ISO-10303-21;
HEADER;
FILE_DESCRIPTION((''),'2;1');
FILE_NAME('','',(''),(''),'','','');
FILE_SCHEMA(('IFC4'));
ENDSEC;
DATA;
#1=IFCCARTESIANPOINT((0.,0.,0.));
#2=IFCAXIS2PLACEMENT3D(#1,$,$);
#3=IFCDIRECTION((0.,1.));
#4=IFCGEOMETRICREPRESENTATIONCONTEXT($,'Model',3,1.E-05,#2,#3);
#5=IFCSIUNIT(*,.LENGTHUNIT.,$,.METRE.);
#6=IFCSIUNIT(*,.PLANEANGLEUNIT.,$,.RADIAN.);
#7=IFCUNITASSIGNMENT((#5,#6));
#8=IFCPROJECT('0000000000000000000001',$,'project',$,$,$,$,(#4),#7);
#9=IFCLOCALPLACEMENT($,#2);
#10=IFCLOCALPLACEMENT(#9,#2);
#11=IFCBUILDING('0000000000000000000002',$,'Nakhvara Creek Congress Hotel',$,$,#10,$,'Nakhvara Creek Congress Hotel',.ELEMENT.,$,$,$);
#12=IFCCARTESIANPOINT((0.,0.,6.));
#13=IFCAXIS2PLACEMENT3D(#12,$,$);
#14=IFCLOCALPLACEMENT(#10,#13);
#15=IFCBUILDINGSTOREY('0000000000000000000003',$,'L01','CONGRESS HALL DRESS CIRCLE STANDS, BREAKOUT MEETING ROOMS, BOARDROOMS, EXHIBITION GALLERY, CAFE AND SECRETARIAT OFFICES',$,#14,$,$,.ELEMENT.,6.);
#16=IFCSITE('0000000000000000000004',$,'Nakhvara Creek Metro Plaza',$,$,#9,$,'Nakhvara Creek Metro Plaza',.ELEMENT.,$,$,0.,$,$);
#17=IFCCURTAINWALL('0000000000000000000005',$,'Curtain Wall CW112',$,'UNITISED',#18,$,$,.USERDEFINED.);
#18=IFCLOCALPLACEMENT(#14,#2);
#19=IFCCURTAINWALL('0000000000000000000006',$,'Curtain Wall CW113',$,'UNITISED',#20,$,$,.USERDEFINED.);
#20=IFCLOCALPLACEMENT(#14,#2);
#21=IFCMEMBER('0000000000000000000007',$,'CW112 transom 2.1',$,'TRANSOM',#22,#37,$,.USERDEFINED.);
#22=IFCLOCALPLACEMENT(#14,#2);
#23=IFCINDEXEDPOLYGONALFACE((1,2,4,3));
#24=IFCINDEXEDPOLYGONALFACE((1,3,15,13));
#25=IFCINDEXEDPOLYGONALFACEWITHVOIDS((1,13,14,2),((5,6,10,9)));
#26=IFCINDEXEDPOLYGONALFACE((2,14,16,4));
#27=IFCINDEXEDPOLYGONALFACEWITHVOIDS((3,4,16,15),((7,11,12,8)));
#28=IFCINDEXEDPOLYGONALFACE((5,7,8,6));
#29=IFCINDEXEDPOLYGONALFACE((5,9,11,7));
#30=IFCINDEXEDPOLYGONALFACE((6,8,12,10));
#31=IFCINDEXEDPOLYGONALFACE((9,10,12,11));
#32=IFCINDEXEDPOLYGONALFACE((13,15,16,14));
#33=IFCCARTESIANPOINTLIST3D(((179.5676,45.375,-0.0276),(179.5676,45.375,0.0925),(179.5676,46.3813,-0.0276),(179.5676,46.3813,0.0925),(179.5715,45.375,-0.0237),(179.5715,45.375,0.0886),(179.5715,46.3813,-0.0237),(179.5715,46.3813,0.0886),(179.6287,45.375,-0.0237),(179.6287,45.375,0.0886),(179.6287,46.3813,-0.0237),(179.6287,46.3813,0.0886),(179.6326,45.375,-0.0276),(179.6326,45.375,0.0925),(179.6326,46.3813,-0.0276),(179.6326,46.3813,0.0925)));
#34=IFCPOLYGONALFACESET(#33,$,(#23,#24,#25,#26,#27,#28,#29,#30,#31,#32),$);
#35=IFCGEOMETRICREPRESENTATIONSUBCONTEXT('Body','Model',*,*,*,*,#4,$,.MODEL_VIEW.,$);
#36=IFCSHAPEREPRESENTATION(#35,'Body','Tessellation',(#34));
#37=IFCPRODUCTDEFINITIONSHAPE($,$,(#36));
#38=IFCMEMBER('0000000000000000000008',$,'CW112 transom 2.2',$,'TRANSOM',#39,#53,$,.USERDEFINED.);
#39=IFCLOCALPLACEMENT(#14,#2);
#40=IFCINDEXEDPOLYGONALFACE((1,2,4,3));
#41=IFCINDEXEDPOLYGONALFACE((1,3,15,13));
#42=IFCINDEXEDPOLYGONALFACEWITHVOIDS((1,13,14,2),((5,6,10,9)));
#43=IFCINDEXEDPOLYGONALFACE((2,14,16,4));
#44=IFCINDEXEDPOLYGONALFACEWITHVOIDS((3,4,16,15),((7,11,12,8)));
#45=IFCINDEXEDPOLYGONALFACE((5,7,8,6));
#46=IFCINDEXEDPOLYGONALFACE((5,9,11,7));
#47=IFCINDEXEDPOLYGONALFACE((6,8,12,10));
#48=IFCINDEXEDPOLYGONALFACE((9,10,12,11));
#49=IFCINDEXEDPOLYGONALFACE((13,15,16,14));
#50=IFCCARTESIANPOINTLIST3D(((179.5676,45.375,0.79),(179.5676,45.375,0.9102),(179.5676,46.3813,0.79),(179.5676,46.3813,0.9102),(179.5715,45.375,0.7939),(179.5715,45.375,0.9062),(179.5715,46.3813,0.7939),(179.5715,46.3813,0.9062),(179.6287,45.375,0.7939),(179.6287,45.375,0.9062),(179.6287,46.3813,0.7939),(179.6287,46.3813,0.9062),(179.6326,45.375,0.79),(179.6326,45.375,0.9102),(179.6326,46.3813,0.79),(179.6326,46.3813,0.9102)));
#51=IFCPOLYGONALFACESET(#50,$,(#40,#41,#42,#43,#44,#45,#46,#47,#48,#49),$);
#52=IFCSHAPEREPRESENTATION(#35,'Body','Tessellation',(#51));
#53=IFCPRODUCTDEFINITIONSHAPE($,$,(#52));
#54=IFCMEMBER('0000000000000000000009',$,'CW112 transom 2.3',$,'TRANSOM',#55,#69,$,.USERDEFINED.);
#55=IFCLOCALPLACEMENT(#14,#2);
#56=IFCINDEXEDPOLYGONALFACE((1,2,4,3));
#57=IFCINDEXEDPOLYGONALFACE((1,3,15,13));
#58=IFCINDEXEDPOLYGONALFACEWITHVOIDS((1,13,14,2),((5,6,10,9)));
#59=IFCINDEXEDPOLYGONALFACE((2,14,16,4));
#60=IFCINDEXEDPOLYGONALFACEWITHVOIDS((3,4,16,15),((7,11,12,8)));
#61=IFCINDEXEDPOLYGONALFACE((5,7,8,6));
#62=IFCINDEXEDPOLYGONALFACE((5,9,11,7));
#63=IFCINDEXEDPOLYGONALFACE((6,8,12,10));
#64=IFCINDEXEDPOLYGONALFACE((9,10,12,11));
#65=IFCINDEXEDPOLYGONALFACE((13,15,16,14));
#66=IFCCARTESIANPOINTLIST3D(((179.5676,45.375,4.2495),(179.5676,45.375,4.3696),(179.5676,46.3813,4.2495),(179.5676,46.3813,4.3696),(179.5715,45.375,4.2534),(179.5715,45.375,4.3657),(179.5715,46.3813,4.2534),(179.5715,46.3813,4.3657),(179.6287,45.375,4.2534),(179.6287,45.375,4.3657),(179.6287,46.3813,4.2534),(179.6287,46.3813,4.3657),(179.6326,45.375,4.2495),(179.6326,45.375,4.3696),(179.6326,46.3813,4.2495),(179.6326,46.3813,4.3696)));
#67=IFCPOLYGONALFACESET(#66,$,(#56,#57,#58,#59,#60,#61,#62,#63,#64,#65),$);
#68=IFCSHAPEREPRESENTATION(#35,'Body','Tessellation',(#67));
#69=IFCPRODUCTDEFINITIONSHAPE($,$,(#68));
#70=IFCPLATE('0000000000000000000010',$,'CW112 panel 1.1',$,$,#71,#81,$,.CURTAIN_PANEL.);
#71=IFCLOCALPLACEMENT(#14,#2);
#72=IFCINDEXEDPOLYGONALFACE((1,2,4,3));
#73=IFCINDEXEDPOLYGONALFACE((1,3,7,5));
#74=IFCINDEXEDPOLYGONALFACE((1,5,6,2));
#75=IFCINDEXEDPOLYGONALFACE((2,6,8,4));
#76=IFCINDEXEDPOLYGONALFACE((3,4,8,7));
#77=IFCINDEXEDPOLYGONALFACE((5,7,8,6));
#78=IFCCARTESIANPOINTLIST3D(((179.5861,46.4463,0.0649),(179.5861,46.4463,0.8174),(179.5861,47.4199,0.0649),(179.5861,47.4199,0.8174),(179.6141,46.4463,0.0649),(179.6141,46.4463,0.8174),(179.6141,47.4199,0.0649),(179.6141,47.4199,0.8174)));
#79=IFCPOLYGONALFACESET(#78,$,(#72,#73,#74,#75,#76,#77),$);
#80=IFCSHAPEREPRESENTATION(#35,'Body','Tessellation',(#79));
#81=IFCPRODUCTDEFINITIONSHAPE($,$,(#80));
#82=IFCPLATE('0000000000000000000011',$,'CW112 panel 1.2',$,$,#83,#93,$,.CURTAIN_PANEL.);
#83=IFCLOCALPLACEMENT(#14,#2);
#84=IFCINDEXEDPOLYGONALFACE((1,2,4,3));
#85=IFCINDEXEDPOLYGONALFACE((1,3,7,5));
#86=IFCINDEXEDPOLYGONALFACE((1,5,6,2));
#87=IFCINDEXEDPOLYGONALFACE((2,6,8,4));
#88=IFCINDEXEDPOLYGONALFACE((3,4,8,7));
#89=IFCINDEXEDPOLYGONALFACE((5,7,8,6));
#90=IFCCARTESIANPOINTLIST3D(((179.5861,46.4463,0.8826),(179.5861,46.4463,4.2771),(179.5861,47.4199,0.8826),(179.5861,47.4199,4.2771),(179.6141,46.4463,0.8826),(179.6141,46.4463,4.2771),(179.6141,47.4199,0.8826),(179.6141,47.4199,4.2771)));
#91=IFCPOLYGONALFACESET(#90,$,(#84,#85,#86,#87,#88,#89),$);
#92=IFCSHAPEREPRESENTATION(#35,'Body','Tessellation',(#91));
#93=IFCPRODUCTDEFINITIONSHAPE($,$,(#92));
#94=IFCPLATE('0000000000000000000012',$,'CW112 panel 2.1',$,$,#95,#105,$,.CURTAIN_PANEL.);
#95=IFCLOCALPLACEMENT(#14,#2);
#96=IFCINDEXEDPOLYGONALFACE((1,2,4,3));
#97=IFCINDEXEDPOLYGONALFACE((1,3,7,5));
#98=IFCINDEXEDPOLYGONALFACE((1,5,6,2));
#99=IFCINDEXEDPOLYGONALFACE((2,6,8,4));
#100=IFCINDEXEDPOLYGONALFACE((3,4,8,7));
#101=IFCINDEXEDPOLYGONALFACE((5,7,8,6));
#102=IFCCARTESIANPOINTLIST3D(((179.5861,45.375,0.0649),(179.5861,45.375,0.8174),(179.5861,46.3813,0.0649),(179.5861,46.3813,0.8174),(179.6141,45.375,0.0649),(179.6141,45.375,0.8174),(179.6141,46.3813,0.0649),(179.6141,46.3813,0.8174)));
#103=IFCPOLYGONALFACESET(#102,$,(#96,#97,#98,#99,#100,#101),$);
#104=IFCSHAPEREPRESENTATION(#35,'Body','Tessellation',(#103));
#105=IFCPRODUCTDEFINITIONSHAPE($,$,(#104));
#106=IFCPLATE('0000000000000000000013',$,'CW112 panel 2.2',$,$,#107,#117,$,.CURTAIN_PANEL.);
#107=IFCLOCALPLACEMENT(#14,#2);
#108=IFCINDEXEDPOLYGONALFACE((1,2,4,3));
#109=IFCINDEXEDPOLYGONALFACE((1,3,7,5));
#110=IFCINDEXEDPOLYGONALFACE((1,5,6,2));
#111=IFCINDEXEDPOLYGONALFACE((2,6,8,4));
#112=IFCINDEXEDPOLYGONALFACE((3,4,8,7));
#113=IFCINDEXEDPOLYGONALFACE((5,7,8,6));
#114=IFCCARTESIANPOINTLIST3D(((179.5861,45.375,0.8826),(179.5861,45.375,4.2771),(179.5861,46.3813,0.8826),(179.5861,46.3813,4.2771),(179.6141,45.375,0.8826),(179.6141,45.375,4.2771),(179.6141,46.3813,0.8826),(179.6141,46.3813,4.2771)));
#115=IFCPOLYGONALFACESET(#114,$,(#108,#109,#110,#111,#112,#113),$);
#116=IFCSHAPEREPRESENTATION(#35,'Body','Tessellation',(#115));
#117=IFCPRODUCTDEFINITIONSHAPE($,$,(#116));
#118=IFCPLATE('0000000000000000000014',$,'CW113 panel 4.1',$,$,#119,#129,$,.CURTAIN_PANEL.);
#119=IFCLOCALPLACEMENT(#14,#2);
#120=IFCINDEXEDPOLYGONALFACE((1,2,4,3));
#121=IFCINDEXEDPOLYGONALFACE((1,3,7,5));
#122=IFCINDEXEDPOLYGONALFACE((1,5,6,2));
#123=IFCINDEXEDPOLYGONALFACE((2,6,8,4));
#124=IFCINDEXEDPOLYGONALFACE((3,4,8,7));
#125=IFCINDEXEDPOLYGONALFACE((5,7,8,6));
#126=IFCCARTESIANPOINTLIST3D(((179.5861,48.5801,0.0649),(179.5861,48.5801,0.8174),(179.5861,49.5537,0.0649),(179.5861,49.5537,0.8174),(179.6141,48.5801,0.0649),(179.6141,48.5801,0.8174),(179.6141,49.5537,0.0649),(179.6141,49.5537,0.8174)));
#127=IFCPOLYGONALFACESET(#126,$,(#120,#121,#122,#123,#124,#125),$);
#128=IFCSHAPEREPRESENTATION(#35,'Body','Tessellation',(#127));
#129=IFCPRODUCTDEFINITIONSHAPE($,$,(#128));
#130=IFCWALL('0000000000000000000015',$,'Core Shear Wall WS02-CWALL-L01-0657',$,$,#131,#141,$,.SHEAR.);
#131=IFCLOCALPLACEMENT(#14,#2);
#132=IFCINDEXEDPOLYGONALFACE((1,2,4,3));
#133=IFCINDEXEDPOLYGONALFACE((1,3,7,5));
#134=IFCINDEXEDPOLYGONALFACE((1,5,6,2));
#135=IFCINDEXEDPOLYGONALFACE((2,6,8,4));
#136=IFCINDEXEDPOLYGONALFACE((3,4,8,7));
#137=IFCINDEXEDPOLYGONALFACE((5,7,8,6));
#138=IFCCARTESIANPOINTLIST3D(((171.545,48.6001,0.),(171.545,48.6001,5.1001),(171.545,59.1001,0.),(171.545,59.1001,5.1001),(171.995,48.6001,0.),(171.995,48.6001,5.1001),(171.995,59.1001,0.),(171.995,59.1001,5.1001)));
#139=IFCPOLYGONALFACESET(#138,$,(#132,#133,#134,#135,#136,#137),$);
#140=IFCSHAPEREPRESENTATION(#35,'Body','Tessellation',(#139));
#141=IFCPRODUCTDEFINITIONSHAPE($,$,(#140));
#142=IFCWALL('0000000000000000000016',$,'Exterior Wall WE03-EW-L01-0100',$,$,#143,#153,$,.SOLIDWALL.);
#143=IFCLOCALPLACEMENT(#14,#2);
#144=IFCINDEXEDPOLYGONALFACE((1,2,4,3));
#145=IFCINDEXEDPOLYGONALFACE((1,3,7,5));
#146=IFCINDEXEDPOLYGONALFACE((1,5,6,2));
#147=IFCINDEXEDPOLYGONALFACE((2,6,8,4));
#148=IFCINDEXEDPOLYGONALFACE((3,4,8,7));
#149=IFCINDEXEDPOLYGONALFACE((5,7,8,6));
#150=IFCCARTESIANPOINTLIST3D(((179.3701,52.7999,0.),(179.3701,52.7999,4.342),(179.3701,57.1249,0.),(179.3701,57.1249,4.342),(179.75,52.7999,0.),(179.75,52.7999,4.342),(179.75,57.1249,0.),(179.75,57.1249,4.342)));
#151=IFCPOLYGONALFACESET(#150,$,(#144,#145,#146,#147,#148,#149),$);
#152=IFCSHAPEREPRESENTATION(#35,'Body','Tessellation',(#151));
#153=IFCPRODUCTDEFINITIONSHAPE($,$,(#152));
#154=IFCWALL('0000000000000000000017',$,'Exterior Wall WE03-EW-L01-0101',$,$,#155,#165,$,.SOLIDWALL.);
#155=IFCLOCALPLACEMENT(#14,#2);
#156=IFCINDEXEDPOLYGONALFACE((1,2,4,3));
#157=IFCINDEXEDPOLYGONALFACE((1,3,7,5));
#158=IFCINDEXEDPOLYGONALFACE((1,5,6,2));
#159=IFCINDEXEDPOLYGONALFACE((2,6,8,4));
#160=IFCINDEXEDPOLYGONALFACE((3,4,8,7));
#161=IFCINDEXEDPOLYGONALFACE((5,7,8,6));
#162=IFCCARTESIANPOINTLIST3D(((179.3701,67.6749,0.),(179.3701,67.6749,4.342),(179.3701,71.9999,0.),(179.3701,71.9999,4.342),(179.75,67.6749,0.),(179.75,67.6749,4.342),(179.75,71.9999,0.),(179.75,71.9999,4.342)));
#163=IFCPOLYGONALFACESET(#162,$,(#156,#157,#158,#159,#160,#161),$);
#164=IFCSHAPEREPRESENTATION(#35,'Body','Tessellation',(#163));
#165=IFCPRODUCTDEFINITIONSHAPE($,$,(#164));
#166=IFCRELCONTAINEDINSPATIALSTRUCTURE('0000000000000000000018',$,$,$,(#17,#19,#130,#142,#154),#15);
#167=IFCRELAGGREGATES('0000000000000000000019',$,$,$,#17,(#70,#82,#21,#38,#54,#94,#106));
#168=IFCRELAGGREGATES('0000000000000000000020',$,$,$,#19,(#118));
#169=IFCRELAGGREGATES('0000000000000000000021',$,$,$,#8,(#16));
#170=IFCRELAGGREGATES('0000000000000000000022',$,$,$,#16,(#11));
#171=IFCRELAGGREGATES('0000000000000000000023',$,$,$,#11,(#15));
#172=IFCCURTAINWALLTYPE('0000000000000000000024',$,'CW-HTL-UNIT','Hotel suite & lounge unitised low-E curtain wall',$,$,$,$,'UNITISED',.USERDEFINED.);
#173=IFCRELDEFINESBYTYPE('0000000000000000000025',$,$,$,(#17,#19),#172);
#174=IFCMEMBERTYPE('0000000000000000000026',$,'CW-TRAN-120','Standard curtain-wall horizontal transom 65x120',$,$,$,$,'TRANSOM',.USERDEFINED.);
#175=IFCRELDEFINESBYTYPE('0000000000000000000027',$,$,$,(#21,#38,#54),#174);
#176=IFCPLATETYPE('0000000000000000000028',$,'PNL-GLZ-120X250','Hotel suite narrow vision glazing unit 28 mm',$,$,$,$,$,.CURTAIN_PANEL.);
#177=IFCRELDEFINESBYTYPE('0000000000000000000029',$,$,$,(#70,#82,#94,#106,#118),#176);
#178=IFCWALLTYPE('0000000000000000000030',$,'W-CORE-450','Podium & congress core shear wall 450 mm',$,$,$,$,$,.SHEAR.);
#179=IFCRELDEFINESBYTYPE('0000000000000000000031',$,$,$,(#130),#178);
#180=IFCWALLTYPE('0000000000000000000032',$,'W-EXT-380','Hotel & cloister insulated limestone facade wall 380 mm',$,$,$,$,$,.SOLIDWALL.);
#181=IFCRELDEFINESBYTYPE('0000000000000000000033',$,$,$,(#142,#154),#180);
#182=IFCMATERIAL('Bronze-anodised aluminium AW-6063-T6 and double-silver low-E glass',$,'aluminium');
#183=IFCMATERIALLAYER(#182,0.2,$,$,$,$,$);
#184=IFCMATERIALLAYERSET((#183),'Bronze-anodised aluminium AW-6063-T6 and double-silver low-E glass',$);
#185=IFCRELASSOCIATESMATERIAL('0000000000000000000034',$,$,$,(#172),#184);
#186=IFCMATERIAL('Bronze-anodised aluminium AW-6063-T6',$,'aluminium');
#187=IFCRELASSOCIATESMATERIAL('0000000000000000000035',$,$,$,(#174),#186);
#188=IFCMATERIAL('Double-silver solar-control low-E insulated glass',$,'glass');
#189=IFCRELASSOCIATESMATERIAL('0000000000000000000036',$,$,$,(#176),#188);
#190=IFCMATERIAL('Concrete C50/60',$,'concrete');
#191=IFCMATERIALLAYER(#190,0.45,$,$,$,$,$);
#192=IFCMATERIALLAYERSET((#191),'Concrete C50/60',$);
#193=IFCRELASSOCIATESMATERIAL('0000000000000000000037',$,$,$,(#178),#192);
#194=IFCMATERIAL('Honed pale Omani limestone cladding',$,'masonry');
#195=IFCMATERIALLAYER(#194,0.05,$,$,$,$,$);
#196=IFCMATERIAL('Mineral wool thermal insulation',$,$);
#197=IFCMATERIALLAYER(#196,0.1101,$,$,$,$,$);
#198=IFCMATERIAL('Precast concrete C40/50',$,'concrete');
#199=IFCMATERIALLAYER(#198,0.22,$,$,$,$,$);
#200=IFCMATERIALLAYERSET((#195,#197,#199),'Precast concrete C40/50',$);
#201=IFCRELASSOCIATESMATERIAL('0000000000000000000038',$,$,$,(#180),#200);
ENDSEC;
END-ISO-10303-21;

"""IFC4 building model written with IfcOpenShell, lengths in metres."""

from ifc_helpers import new_model, si_unit, direction, frame, frame_2d, origin, origin_2d, place, context, subcontext, project, spatial, rectangle, hollow_rectangle, extrude, material, layer, layer_set, material_profile, profile_set, type_object, element, aggregate, save


model = new_model("IFC4")

# Units and contexts
model_context = context("Model", 3, precision=1e-05, world=origin(), true_north=direction((0.0, 1.0)))
body_context = subcontext(model_context, "Body", "Model", "MODEL_VIEW")
ifc_project = project(units=[si_unit("LENGTHUNIT", "METRE"), si_unit("PLANEANGLEUNIT", "RADIAN")], contexts=[model_context])

# Site, building, storey
site_placement = place(None, origin())
site = spatial("IfcSite", under=ifc_project, at=site_placement, Name="Nakhvara Creek Metro Plaza", LongName="Nakhvara Creek Metro Plaza", CompositionType="ELEMENT", RefElevation=0.0)
building_placement = place(site_placement, origin())
building = spatial("IfcBuilding", under=site, at=building_placement, Name="Nakhvara Creek Congress Hotel", LongName="Nakhvara Creek Congress Hotel", CompositionType="ELEMENT")
storey_placement = place(building_placement, frame((0.0, 0.0, 6.0)))
storey = spatial("IfcBuildingStorey", under=building, at=storey_placement, Name="L01", Description="CONGRESS HALL DRESS CIRCLE STANDS, BREAKOUT MEETING ROOMS, BOARDROOMS, EXHIBITION GALLERY, CAFE AND SECRETARIAT OFFICES", CompositionType="ELEMENT", Elevation=6.0)

# Shared definitions
ifc_material_1 = material(Name="Concrete C50/60", Category="concrete")

# Curtain wall
ifc_material_2 = material(Name="Bronze-anodised aluminium AW-6063-T6 and double-silver low-E glass", Category="aluminium")
ifc_layer_1 = layer(ifc_material_2, 0.2)
ifc_layer_set_1 = layer_set([ifc_layer_1], Name="Bronze-anodised aluminium AW-6063-T6 and double-silver low-E glass")
curtain_wall_type = type_object("IfcCurtainWallType", Name="CW-HTL-UNIT", Description="Hotel suite & lounge unitised low-E curtain wall", ElementType="UNITISED", PredefinedType="USERDEFINED", material=ifc_layer_set_1)
curtain_wall_1_placement = place(storey_placement, origin())
curtain_wall_1 = element("IfcCurtainWall", 1, at=curtain_wall_1_placement, inside=storey, type_object=curtain_wall_type, Name="Curtain Wall CW112", ObjectType="UNITISED", PredefinedType="USERDEFINED")
ifc_material_3 = material(Name="Bronze-anodised aluminium AW-6063-T6", Category="aluminium")

# Curtain wall
curtain_wall_2_placement = place(storey_placement, origin())
curtain_wall_2 = element("IfcCurtainWall", 2, at=curtain_wall_2_placement, inside=storey, type_object=curtain_wall_type, Name="Curtain Wall CW113", ObjectType="UNITISED", PredefinedType="USERDEFINED")

# Members
ifc_material_profile_1 = material_profile(ifc_material_3, hollow_rectangle(XDim=0.0649, YDim=0.1201, WallThickness=0.0039, at=origin_2d()), Name="ALU-TRAN 65x120x4", Category="LoadBearing")
ifc_profile_set_1 = profile_set([ifc_material_profile_1], Name="Bronze-anodised aluminium AW-6063-T6")
member_type_1 = type_object("IfcMemberType", Name="CW-TRAN-120", Description="Standard curtain-wall horizontal transom 65x120", ElementType="TRANSOM", PredefinedType="USERDEFINED", material=ifc_profile_set_1)
member_1_placement = place(storey_placement, frame((179.6001, 46.3813, 0.0325), z_axis=(0.0, -1.0, 0.0), x_axis=(1.0, 0.0, 0.0)))
member_1 = element("IfcMember", 3, at=member_1_placement, type_object=member_type_1, Name="CW112 transom 2.1", ObjectType="TRANSOM", PredefinedType="USERDEFINED", context=body_context, shape_type="SweptSolid", body=[
    extrude(hollow_rectangle(XDim=0.0649, YDim=0.1201, WallThickness=0.0039, at=origin_2d()), origin(), (0.0, 0.0, 1.0), 1.0063),
])
member_2_placement = place(storey_placement, frame((179.6001, 46.3813, 0.8501), z_axis=(0.0, -1.0, 0.0), x_axis=(1.0, 0.0, 0.0)))
member_2 = element("IfcMember", 4, at=member_2_placement, type_object=member_type_1, Name="CW112 transom 2.2", ObjectType="TRANSOM", PredefinedType="USERDEFINED", context=body_context, shape_type="SweptSolid", body=[
    extrude(hollow_rectangle(XDim=0.0649, YDim=0.1201, WallThickness=0.0039, at=origin_2d()), origin(), (0.0, 0.0, 1.0), 1.0063),
])
member_3_placement = place(storey_placement, frame((179.6001, 46.3813, 4.3096), z_axis=(0.0, -1.0, 0.0), x_axis=(1.0, 0.0, 0.0)))
member_3 = element("IfcMember", 5, at=member_3_placement, type_object=member_type_1, Name="CW112 transom 2.3", ObjectType="TRANSOM", PredefinedType="USERDEFINED", context=body_context, shape_type="SweptSolid", body=[
    extrude(hollow_rectangle(XDim=0.0649, YDim=0.1201, WallThickness=0.0039, at=origin_2d()), origin(), (0.0, 0.0, 1.0), 1.0063),
])

# Plates
ifc_material_4 = material(Name="Double-silver solar-control low-E insulated glass", Category="glass")
plate_type = type_object("IfcPlateType", Name="PNL-GLZ-120X250", Description="Hotel suite narrow vision glazing unit 28 mm", PredefinedType="CURTAIN_PANEL", material=ifc_material_4)
plate_1_placement = place(storey_placement, frame((179.6001, 46.9331, 0.0649), z_axis=(0.0, 0.0, 1.0), x_axis=(0.0, -1.0, 0.0)))
plate_1 = element("IfcPlate", 6, at=plate_1_placement, type_object=plate_type, Name="CW112 panel 1.1", PredefinedType="CURTAIN_PANEL", context=body_context, shape_type="SweptSolid", body=[
    extrude(rectangle(XDim=0.9736, YDim=0.0281, at=origin_2d()), origin(), (0.0, 0.0, 1.0), 0.7524),
])
plate_2_placement = place(storey_placement, frame((179.6001, 46.9331, 0.8826), z_axis=(0.0, 0.0, 1.0), x_axis=(0.0, -1.0, 0.0)))
plate_2 = element("IfcPlate", 7, at=plate_2_placement, type_object=plate_type, Name="CW112 panel 1.2", PredefinedType="CURTAIN_PANEL", context=body_context, shape_type="SweptSolid", body=[
    extrude(rectangle(XDim=0.9736, YDim=0.0281, at=origin_2d()), origin(), (0.0, 0.0, 1.0), 3.3945),
])
plate_3_placement = place(storey_placement, frame((179.6001, 45.8782, 0.0649), z_axis=(0.0, 0.0, 1.0), x_axis=(0.0, -1.0, 0.0)))
plate_3 = element("IfcPlate", 8, at=plate_3_placement, type_object=plate_type, Name="CW112 panel 2.1", PredefinedType="CURTAIN_PANEL", context=body_context, shape_type="SweptSolid", body=[
    extrude(rectangle(XDim=1.0063, YDim=0.0281, at=origin_2d()), origin(), (0.0, 0.0, 1.0), 0.7524),
])
plate_4_placement = place(storey_placement, frame((179.6001, 45.8782, 0.8826), z_axis=(0.0, 0.0, 1.0), x_axis=(0.0, -1.0, 0.0)))
plate_4 = element("IfcPlate", 9, at=plate_4_placement, type_object=plate_type, Name="CW112 panel 2.2", PredefinedType="CURTAIN_PANEL", context=body_context, shape_type="SweptSolid", body=[
    extrude(rectangle(XDim=1.0063, YDim=0.0281, at=origin_2d()), origin(), (0.0, 0.0, 1.0), 3.3945),
])
aggregate(curtain_wall_1, [plate_1, plate_2, member_1, member_2, member_3, plate_3, plate_4])
plate_5_placement = place(storey_placement, frame((179.6001, 49.0669, 0.0649), z_axis=(0.0, 0.0, 1.0), x_axis=(0.0, -1.0, 0.0)))
plate_5 = element("IfcPlate", 10, at=plate_5_placement, type_object=plate_type, Name="CW113 panel 4.1", PredefinedType="CURTAIN_PANEL", context=body_context, shape_type="SweptSolid", body=[
    extrude(rectangle(XDim=0.9736, YDim=0.0281, at=origin_2d()), origin(), (0.0, 0.0, 1.0), 0.7524),
])
aggregate(curtain_wall_2, [plate_5])

# Walls
ifc_layer_2 = layer(ifc_material_1, 0.45)
ifc_layer_set_2 = layer_set([ifc_layer_2], Name="Concrete C50/60")
wall_type_1 = type_object("IfcWallType", Name="W-CORE-450", Description="Podium & congress core shear wall 450 mm", PredefinedType="SHEAR", material=ifc_layer_set_2)
wall_placement = place(storey_placement, frame((171.77, 48.6001, 0.0), z_axis=(0.0, 0.0, 1.0), x_axis=(0.0, 1.0, 0.0)))
element("IfcWall", 11, at=wall_placement, inside=storey, type_object=wall_type_1, Name="Core Shear Wall WS02-CWALL-L01-0657", PredefinedType="SHEAR", context=body_context, shape_type="SweptSolid", body=[
    extrude(rectangle(XDim=10.5, YDim=0.45, at=frame_2d((5.25, 0.0))), origin(), (0.0, 0.0, 1.0), 5.1001),
])
ifc_material_5 = material(Name="Honed pale Omani limestone cladding", Category="masonry")
ifc_layer_3 = layer(ifc_material_5, 0.05)
ifc_material_6 = material(Name="Mineral wool thermal insulation")
ifc_layer_4 = layer(ifc_material_6, 0.1101)
ifc_material_7 = material(Name="Precast concrete C40/50", Category="concrete")
ifc_layer_5 = layer(ifc_material_7, 0.22)
ifc_layer_set_3 = layer_set([ifc_layer_3, ifc_layer_4, ifc_layer_5], Name="Precast concrete C40/50")
wall_type_2 = type_object("IfcWallType", Name="W-EXT-380", Description="Hotel & cloister insulated limestone facade wall 380 mm", PredefinedType="SOLIDWALL", material=ifc_layer_set_3)
for number, where, z_axis, x_axis, name in (
    (12, (179.5601, 57.125, 0.0), (0.0, 0.0, 1.0), (0.0, -1.0, 0.0), "Exterior Wall WE03-EW-L01-0100"),
    (13, (179.5601, 72.0, 0.0), (0.0, 0.0, 1.0), (0.0, -1.0, 0.0), "Exterior Wall WE03-EW-L01-0101"),
):
    element("IfcWall", number, at=place(storey_placement, frame(where, z_axis=z_axis, x_axis=x_axis)), inside=storey, type_object=wall_type_2, Name=name, PredefinedType="SOLIDWALL", context=body_context, shape_type="SweptSolid", body=[
        extrude(rectangle(XDim=4.325, YDim=0.3799, at=frame_2d((2.1626, 0.0))), origin(), (0.0, 0.0, 1.0), 4.342),
    ])

save(model, "model.ifc")
